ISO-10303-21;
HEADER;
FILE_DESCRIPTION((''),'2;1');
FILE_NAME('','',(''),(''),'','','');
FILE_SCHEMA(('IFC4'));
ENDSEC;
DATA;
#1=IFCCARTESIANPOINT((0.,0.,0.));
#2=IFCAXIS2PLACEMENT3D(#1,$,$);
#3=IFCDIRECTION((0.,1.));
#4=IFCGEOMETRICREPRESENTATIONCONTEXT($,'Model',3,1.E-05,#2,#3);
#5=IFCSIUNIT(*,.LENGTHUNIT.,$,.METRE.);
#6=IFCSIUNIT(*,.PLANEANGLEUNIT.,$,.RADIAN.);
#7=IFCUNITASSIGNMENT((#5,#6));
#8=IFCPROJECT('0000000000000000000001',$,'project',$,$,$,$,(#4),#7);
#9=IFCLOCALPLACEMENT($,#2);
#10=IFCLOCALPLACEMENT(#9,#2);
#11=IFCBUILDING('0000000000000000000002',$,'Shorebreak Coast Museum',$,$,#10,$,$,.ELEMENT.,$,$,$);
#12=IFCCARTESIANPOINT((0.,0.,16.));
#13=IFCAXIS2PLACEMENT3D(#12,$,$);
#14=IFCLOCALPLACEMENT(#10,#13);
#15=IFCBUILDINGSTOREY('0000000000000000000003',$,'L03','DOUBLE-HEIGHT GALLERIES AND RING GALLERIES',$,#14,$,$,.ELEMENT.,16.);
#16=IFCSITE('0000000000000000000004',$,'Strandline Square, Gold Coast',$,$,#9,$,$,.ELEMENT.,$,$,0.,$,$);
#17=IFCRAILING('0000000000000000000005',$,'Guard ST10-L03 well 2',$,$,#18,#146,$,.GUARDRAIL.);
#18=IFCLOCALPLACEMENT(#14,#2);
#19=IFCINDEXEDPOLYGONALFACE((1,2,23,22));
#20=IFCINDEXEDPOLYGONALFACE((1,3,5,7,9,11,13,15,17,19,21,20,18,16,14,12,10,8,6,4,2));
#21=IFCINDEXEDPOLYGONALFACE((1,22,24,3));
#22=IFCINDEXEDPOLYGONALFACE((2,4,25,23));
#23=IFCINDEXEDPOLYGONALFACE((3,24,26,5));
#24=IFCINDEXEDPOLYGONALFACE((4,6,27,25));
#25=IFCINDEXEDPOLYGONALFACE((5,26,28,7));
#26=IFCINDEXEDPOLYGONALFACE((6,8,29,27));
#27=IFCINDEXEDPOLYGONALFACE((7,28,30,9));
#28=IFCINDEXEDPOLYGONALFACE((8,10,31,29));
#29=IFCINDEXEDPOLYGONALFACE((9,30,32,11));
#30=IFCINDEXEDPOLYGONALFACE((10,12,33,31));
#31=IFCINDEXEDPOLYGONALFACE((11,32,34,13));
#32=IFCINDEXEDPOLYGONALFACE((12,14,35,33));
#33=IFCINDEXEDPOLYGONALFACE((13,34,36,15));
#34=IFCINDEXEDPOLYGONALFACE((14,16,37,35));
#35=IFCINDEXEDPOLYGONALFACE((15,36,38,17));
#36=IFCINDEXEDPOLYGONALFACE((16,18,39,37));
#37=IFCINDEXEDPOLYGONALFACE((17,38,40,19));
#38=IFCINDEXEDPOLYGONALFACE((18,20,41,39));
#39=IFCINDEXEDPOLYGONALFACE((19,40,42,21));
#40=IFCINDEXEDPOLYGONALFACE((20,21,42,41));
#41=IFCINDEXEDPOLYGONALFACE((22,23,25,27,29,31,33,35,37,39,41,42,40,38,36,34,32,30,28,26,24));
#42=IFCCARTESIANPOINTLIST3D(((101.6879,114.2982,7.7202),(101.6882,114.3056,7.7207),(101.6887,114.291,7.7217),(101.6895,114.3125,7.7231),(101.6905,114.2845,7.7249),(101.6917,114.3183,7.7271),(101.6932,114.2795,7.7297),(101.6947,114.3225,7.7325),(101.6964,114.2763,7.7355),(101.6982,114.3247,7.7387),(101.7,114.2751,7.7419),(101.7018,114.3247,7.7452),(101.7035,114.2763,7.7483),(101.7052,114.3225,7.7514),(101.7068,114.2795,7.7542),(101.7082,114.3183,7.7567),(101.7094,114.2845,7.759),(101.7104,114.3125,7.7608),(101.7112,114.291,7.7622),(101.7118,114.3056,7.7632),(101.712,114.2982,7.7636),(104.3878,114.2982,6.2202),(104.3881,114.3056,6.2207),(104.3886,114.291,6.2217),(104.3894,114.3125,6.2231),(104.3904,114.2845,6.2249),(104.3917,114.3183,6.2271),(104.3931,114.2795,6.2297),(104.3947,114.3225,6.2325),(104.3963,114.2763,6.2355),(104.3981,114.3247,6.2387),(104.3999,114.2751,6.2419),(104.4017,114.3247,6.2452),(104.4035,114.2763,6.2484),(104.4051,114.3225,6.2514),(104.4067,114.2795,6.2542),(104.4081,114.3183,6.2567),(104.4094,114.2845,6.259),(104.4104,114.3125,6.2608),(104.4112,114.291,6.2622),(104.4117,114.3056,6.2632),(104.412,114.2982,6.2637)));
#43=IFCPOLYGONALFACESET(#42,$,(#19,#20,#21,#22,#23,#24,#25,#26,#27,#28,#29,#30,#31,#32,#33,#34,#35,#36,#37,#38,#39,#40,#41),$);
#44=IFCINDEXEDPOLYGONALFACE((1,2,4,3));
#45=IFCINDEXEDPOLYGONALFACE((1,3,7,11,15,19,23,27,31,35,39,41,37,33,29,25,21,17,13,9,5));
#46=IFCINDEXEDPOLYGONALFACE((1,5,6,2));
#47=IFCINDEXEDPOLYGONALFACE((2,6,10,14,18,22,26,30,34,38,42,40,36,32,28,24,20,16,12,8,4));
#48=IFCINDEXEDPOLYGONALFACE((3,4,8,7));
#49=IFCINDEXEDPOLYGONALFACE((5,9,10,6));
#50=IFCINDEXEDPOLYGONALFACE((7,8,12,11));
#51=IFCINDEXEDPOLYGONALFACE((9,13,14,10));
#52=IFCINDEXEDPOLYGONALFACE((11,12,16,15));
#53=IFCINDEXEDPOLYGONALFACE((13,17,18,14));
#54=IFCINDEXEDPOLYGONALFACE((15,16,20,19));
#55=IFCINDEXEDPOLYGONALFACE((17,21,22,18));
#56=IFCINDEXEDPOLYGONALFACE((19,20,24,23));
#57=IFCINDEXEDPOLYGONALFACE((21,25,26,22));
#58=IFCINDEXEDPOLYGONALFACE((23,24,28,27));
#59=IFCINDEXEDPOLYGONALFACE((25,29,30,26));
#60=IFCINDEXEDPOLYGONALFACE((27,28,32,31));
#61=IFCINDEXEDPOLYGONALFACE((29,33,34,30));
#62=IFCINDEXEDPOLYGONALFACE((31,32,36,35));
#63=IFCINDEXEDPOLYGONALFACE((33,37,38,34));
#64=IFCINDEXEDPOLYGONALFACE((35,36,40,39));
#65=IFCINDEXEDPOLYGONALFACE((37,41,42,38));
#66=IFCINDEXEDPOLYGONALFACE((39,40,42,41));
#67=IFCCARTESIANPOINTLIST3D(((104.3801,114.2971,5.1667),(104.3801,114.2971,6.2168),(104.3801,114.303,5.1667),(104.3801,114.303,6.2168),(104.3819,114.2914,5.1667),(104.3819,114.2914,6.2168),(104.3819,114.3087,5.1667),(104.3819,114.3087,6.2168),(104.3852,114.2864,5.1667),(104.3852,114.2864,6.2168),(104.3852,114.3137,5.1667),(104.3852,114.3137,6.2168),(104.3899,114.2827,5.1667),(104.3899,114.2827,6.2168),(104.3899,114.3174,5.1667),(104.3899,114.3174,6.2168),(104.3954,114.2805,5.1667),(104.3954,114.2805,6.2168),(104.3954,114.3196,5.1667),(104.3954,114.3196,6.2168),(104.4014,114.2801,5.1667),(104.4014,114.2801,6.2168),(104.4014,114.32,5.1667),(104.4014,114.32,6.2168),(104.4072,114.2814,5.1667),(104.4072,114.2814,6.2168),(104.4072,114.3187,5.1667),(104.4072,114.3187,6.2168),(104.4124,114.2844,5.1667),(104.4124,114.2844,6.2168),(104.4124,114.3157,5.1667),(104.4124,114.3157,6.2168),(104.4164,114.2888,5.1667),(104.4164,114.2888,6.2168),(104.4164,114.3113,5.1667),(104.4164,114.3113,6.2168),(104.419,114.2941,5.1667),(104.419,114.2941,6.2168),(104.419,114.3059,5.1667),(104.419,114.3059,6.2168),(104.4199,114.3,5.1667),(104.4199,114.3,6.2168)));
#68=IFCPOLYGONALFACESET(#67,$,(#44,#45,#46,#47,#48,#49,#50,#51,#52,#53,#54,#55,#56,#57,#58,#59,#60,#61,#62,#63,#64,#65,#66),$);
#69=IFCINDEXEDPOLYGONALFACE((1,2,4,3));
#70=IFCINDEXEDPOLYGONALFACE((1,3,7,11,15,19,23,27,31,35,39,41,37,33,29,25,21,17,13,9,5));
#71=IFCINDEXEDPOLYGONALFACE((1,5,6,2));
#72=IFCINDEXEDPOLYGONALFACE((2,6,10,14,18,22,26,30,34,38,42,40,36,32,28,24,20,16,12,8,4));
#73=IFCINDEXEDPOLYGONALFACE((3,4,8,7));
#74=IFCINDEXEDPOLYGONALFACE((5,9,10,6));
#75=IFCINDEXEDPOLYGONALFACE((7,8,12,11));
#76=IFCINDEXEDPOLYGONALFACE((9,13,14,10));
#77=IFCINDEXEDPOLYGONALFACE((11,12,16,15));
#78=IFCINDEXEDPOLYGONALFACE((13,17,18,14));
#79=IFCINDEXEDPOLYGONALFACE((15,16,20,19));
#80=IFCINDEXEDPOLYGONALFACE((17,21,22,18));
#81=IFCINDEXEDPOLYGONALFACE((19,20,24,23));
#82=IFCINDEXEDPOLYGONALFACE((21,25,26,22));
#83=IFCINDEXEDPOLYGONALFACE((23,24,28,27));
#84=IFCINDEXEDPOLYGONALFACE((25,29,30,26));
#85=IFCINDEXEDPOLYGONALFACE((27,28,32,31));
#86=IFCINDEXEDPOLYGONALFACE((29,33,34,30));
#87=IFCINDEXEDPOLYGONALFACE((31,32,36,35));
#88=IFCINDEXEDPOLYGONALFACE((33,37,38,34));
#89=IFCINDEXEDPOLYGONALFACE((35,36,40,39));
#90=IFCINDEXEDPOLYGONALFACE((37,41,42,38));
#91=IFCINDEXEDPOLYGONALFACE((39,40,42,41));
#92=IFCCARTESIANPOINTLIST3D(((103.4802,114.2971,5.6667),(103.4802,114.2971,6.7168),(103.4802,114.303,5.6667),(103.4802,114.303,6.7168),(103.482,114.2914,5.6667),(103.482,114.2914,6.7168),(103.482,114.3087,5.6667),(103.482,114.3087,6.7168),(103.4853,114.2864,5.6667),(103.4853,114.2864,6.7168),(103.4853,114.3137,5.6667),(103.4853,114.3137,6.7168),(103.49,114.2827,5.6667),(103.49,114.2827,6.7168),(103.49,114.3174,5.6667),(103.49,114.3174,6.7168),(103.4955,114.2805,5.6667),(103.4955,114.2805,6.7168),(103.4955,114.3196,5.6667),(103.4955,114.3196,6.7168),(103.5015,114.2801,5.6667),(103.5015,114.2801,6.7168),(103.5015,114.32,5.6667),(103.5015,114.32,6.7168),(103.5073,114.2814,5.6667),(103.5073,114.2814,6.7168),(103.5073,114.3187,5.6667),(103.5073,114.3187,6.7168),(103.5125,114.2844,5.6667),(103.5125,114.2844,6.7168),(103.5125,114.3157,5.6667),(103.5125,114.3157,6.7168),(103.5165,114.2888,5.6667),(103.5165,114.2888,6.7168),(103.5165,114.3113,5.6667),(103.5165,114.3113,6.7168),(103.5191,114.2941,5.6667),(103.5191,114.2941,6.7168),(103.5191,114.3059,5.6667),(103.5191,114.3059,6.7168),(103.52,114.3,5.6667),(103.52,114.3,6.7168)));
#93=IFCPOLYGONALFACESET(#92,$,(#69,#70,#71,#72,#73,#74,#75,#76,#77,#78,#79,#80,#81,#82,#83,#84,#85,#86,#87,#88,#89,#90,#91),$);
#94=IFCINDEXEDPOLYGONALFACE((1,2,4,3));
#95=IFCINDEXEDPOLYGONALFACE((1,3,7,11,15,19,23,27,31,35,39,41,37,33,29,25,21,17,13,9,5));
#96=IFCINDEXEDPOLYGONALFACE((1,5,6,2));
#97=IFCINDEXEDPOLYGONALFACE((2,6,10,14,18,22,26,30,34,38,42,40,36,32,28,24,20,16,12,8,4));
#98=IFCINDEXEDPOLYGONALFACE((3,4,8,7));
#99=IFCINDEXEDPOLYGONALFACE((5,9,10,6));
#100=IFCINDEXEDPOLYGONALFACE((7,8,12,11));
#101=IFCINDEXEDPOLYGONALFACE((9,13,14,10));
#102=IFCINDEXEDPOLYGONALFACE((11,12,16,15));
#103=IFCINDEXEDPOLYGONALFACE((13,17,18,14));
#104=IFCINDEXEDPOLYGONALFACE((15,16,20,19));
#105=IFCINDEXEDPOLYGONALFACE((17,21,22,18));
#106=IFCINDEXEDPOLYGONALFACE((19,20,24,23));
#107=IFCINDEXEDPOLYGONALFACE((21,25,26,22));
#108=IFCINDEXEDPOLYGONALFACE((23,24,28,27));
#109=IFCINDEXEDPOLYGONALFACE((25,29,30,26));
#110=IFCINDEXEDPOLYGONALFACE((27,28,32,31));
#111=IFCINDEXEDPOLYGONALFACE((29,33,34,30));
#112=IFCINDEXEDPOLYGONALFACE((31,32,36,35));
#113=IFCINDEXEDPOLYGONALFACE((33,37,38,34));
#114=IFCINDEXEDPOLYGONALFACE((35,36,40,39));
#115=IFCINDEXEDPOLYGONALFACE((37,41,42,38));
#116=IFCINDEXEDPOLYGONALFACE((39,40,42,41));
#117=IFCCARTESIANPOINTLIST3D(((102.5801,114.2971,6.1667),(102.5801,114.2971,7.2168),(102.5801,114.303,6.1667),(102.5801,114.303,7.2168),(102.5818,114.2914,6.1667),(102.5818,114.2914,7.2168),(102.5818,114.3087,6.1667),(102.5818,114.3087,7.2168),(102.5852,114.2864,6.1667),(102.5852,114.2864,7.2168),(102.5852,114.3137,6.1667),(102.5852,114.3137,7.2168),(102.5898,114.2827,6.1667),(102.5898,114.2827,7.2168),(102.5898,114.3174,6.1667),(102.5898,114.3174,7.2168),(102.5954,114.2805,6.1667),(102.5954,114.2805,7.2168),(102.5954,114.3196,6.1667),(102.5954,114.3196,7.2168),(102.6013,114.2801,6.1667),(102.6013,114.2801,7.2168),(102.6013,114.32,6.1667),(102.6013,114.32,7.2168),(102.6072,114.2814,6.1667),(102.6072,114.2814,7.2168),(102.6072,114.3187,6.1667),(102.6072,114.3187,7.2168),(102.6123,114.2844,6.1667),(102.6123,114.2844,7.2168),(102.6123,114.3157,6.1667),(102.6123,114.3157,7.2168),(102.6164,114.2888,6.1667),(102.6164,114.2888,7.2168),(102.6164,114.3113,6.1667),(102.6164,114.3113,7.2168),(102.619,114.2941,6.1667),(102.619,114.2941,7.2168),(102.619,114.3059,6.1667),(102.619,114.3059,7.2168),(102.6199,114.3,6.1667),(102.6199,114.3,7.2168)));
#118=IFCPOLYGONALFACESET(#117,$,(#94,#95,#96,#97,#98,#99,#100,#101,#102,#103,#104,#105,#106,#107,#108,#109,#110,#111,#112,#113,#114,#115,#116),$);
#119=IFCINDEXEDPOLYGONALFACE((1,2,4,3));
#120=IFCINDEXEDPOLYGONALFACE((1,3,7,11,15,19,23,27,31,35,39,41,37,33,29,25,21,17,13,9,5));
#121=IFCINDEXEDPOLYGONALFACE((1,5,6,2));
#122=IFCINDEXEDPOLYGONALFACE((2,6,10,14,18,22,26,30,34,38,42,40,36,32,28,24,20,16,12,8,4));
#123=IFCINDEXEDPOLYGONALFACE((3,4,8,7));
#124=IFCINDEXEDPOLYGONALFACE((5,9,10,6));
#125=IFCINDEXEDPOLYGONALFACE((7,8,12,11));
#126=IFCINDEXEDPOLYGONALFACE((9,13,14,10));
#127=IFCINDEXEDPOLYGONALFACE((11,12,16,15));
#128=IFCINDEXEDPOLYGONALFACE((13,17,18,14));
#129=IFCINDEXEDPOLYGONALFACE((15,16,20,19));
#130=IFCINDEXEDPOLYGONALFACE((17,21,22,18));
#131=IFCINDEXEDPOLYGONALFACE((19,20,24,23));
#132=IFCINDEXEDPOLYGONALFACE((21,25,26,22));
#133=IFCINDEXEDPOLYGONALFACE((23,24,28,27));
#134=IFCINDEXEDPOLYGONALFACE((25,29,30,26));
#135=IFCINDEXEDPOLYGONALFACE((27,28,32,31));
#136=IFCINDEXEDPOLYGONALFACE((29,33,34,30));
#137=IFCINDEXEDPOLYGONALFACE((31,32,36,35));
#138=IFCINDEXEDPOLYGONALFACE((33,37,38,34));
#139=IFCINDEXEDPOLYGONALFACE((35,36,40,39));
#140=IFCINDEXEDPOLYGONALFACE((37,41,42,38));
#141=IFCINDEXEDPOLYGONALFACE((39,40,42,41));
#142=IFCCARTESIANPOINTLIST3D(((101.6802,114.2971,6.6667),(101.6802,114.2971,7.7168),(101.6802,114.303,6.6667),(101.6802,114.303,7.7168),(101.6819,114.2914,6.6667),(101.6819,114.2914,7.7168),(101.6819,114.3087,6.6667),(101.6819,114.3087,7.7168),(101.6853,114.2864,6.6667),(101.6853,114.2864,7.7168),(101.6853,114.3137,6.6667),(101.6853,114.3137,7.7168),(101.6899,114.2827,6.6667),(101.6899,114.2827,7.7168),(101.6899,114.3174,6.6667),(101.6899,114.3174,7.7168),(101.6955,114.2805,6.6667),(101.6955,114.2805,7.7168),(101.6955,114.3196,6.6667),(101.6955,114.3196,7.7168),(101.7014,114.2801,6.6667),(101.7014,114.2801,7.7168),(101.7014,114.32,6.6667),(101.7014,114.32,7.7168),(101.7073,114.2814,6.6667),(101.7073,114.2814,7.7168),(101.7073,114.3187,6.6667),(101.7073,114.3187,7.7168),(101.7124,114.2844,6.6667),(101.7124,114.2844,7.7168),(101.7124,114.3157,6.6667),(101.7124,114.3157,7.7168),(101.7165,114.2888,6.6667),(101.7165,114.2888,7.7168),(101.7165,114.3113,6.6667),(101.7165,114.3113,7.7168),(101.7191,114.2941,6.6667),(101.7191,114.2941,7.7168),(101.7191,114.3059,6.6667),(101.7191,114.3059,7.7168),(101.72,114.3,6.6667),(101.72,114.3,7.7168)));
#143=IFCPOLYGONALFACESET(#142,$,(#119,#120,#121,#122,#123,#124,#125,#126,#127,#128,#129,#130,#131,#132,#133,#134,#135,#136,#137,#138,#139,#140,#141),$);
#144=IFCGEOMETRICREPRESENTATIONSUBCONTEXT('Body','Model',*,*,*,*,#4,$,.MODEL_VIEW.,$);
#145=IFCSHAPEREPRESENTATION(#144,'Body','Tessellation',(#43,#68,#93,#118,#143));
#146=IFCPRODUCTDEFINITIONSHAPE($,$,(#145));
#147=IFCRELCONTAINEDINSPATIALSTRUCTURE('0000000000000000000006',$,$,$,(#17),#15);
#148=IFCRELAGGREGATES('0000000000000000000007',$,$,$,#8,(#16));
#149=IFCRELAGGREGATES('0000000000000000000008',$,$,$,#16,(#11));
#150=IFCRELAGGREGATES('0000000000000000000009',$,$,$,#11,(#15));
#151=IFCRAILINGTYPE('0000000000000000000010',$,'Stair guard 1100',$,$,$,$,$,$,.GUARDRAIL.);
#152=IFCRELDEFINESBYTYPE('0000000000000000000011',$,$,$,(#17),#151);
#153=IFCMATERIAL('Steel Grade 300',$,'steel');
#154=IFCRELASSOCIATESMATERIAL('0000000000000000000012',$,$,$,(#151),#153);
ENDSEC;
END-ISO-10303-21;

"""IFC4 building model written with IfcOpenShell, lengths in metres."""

from ifc_helpers import new_model, si_unit, direction, frame, origin, origin_2d, place, context, subcontext, project, spatial, circle, extrude, material, type_object, element, save


model = new_model("IFC4")

# Units and contexts
model_context = context("Model", 3, precision=1e-05, world=origin(), true_north=direction((0.0, 1.0)))
body_context = subcontext(model_context, "Body", "Model", "MODEL_VIEW")
ifc_project = project(units=[si_unit("LENGTHUNIT", "METRE"), si_unit("PLANEANGLEUNIT", "RADIAN")], contexts=[model_context])

# Site, building, storey
site_placement = place(None, origin())
site = spatial("IfcSite", under=ifc_project, at=site_placement, Name="Strandline Square, Gold Coast", CompositionType="ELEMENT", RefElevation=0.0)
building_placement = place(site_placement, origin())
building = spatial("IfcBuilding", under=site, at=building_placement, Name="Shorebreak Coast Museum", CompositionType="ELEMENT")
storey_placement = place(building_placement, frame((0.0, 0.0, 16.0)))
storey = spatial("IfcBuildingStorey", under=building, at=storey_placement, Name="L03", Description="DOUBLE-HEIGHT GALLERIES AND RING GALLERIES", CompositionType="ELEMENT", Elevation=16.0)

# Railing
ifc_material_1 = material(Name="Steel Grade 300", Category="steel")
railing_type_1 = type_object("IfcRailingType", Name="Stair guard 1100", PredefinedType="GUARDRAIL", material=ifc_material_1)
for number, where, name in (
    (1, (104.3999, 114.3, 5.1667), "Guard ST10-L03 well 2"),
):
    element("IfcRailing", number, at=place(storey_placement, frame(where)), inside=storey, type_object=railing_type_1, Name=name, PredefinedType="GUARDRAIL", context=body_context, shape_type="SweptSolid", body=[
        extrude(circle(Radius=0.0249, at=origin_2d()), frame((0.0, 0.0, 1.0752), z_axis=(-0.874154, 0.0, 0.48565), x_axis=(0.0, -1.0, 0.0)), (0.0, 0.0, 1.0), 3.0886),
        extrude(circle(Radius=0.02, at=origin_2d()), origin(), (0.0, 0.0, 1.0), 1.05),
        extrude(circle(Radius=0.02, at=origin_2d()), frame((-0.8999, 0.0, 0.5)), (0.0, 0.0, 1.0), 1.05),
        extrude(circle(Radius=0.02, at=origin_2d()), frame((-1.8, 0.0, 1.0)), (0.0, 0.0, 1.0), 1.05),
        extrude(circle(Radius=0.02, at=origin_2d()), frame((-2.7, 0.0, 1.5)), (0.0, 0.0, 1.0), 1.05),
    ])

save(model, "model.ifc")
